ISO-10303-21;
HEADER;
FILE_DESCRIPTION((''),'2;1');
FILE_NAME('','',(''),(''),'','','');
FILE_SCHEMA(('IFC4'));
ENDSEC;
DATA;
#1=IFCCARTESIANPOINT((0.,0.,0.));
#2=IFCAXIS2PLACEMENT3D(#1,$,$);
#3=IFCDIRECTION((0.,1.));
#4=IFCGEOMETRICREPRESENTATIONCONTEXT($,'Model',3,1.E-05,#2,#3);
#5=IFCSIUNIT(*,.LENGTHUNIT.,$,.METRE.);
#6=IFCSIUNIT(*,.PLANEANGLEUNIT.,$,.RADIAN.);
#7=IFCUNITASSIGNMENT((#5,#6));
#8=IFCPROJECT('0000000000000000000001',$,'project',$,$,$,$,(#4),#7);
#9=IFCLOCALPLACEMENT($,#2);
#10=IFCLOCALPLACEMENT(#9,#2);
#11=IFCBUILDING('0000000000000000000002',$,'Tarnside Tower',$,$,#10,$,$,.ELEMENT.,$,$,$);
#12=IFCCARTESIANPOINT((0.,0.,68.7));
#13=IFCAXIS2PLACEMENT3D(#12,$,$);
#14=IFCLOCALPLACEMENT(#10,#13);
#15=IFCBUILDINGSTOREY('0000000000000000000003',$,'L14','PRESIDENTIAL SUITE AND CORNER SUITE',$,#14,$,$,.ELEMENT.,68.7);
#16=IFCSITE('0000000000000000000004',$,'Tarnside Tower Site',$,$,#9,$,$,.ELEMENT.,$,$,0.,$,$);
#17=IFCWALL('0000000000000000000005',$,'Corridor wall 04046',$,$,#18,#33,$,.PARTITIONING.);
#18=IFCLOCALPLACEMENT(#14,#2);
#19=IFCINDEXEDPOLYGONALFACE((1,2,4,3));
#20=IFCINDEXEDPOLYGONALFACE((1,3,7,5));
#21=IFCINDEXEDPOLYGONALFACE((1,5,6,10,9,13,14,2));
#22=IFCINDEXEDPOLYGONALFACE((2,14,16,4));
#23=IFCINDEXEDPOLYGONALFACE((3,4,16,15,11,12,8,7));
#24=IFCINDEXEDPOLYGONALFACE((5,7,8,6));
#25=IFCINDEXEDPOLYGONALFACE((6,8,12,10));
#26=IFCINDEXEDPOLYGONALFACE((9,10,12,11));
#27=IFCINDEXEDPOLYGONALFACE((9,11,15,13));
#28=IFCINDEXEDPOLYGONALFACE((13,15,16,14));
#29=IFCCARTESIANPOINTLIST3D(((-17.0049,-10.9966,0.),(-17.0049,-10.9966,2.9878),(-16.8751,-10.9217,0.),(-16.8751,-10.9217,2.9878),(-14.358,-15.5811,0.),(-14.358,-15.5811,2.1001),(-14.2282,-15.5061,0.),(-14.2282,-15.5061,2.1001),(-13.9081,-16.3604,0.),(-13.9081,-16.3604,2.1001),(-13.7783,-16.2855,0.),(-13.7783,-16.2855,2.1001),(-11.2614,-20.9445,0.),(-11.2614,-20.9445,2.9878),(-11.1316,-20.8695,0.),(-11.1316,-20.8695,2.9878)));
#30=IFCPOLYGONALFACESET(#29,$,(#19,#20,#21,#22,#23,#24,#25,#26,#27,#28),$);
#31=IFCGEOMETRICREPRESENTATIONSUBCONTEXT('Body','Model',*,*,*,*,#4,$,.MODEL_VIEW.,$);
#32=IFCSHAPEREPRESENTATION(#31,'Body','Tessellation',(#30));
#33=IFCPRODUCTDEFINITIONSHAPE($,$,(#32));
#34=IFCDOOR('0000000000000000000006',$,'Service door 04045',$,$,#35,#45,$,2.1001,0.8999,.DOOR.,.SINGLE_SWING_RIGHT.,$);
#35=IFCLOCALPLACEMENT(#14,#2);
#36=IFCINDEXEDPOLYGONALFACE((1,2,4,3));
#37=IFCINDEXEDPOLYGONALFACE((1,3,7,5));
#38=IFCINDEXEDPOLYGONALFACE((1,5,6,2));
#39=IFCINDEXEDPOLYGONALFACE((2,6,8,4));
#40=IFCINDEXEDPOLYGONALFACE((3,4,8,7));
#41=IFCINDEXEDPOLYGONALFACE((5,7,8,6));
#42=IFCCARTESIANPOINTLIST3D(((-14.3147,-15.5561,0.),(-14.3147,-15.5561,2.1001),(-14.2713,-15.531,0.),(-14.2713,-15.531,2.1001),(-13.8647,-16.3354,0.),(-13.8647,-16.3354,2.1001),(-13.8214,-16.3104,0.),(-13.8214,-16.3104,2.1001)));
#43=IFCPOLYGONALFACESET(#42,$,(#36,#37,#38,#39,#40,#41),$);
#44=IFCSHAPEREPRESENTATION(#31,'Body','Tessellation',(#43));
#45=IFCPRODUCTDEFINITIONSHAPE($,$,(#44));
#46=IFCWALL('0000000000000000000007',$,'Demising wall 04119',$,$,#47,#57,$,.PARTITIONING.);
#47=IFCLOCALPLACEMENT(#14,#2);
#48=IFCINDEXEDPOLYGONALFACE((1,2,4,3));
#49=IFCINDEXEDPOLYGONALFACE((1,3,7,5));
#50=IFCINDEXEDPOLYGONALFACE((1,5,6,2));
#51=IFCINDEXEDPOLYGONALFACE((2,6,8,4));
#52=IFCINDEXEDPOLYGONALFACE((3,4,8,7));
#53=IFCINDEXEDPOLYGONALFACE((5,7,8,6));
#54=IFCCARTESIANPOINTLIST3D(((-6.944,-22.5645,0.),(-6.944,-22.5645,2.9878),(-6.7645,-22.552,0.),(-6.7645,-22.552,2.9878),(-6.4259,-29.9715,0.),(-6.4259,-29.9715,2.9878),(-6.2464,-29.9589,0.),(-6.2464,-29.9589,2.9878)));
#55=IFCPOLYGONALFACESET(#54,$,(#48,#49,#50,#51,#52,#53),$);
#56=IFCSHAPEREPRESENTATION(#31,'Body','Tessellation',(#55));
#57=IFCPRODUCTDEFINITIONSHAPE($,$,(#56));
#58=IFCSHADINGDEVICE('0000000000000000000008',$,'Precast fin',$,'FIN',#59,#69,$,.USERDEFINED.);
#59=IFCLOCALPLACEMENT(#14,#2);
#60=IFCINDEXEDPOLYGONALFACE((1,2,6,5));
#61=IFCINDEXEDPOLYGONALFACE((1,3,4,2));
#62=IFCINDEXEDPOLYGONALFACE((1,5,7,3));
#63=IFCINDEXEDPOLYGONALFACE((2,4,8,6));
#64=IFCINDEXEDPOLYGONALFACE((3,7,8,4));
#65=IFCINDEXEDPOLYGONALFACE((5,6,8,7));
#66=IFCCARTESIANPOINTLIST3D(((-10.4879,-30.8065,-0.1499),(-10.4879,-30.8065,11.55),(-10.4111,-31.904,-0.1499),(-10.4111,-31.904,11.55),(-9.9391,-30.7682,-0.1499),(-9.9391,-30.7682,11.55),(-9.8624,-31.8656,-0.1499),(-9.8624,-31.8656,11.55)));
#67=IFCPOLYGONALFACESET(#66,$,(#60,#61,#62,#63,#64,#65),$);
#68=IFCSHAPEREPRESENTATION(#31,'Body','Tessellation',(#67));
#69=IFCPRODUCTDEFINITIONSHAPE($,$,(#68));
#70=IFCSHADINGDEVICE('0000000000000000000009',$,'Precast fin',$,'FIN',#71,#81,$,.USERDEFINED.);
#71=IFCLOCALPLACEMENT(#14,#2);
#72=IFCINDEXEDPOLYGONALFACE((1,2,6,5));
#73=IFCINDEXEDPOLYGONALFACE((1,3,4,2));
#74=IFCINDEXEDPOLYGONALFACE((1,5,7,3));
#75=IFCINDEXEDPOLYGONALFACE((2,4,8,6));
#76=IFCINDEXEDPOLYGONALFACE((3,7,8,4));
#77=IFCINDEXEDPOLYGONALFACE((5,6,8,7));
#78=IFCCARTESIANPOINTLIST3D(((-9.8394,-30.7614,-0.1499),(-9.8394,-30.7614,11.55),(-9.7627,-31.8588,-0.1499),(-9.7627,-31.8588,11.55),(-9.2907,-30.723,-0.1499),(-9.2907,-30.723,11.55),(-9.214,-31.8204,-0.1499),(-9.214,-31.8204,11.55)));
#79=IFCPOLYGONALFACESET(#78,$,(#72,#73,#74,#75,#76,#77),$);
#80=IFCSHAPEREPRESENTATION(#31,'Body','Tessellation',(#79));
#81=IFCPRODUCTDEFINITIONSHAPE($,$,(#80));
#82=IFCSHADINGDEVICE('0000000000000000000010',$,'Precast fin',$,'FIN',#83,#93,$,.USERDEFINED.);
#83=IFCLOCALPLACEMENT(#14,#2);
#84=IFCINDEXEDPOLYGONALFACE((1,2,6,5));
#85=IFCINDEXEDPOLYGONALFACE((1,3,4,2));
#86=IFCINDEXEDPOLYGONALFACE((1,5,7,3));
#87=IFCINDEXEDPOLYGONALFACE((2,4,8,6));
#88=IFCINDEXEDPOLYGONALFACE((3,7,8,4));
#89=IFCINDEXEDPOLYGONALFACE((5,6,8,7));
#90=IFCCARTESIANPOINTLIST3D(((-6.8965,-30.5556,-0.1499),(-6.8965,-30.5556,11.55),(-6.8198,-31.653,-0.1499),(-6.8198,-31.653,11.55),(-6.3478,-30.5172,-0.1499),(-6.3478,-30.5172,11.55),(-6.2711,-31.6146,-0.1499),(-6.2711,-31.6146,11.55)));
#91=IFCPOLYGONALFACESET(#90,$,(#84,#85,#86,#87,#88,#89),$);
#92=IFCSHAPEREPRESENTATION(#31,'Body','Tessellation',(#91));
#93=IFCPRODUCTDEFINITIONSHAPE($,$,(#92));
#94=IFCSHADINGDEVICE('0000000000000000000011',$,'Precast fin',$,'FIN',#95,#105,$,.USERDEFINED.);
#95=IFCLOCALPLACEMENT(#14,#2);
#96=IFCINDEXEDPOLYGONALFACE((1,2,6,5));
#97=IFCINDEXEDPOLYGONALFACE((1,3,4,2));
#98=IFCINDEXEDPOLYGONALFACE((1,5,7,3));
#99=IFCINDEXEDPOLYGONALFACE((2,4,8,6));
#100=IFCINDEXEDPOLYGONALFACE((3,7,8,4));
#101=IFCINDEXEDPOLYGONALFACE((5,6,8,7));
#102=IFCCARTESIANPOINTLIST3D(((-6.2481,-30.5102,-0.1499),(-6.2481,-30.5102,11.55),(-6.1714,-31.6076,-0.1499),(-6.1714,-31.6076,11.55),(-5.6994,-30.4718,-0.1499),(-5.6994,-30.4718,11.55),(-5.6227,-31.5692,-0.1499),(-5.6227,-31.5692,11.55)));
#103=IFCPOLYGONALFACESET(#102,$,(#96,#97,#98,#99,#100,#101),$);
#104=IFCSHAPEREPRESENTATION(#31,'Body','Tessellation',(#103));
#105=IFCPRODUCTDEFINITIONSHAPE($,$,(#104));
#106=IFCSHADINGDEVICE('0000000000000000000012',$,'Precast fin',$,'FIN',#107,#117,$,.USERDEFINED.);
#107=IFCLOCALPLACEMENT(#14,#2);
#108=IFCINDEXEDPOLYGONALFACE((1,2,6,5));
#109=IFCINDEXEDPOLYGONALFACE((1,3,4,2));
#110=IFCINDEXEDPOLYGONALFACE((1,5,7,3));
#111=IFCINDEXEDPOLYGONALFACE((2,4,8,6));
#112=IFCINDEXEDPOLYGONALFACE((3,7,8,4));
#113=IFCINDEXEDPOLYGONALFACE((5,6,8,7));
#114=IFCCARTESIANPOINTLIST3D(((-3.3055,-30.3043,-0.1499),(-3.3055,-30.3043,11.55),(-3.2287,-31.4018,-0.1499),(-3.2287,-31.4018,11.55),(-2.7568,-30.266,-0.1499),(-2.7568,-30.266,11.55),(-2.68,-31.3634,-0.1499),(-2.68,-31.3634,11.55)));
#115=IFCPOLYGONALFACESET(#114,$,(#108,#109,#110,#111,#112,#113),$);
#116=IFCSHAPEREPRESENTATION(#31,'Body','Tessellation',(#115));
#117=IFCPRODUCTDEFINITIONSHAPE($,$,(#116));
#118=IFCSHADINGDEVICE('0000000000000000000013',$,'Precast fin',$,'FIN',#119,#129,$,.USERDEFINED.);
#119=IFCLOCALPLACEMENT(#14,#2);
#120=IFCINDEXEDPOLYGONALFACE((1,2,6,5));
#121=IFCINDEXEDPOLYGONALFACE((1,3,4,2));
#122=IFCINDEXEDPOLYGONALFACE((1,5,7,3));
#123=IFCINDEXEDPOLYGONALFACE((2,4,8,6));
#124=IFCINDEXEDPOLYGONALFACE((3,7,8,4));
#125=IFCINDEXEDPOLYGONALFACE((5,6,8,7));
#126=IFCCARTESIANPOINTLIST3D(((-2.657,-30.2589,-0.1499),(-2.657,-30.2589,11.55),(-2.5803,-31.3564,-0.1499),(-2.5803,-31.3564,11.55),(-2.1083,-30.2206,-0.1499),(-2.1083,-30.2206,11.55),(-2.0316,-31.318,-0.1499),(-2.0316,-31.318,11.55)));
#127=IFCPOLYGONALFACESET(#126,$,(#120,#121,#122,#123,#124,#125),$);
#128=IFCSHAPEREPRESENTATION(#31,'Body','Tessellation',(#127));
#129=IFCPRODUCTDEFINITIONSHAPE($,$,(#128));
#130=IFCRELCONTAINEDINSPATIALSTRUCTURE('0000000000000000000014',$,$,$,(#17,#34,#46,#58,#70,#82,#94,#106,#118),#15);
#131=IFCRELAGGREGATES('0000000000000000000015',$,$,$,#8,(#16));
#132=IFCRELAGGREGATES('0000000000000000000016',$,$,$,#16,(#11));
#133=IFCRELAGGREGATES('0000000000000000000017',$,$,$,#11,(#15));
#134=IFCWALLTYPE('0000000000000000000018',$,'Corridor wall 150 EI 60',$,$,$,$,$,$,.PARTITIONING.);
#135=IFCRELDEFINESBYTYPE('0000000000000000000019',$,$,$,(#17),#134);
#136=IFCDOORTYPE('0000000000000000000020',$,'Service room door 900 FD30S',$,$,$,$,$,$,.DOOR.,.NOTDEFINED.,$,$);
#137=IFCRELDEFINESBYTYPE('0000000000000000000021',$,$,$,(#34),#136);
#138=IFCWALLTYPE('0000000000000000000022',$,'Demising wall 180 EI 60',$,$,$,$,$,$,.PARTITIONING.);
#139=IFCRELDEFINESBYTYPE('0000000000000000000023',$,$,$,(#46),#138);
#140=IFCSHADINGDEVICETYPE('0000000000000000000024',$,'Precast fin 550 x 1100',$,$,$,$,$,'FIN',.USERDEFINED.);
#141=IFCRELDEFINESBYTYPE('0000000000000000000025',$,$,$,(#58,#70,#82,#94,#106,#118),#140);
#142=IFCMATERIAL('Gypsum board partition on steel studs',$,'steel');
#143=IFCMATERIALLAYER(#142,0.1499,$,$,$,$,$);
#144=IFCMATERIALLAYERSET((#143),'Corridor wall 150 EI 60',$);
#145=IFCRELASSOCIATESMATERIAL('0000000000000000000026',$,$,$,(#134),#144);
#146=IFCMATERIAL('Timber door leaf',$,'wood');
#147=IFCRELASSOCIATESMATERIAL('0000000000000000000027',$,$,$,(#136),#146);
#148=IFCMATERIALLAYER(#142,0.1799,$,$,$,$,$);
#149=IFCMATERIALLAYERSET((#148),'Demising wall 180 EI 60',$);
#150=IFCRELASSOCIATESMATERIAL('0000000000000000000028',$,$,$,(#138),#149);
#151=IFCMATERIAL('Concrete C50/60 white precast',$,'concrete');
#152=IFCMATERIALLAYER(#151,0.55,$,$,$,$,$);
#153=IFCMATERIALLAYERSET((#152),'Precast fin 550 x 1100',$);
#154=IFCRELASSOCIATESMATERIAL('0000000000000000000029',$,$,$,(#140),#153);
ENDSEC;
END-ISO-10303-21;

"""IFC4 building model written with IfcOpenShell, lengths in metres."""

from ifc_helpers import new_model, si_unit, direction, frame, frame_2d, origin, place, context, subcontext, project, spatial, polyline, rectangle, outline, extrude, material, layer, layer_set, type_object, element, fill, save


model = new_model("IFC4")

# Units and contexts
model_context = context("Model", 3, precision=1e-05, world=origin(), true_north=direction((0.0, 1.0)))
body_context = subcontext(model_context, "Body", "Model", "MODEL_VIEW")
ifc_project = project(units=[si_unit("LENGTHUNIT", "METRE"), si_unit("PLANEANGLEUNIT", "RADIAN")], contexts=[model_context])

# Site, building, storey
site_placement = place(None, origin())
site = spatial("IfcSite", under=ifc_project, at=site_placement, Name="Tarnside Tower Site", CompositionType="ELEMENT", RefElevation=0.0)
building_placement = place(site_placement, origin())
building = spatial("IfcBuilding", under=site, at=building_placement, Name="Tarnside Tower", CompositionType="ELEMENT")
storey_placement = place(building_placement, frame((0.0, 0.0, 68.7)))
storey = spatial("IfcBuildingStorey", under=building, at=storey_placement, Name="L14", Description="PRESIDENTIAL SUITE AND CORNER SUITE", CompositionType="ELEMENT", Elevation=68.7)

# Wall, opening, door
ifc_material_1 = material(Name="Gypsum board partition on steel studs", Category="steel")
ifc_material_2 = material(Name="Timber door leaf", Category="wood")
ifc_layer_1 = layer(ifc_material_1, 0.1499)
ifc_layer_set_1 = layer_set([ifc_layer_1], Name="Corridor wall 150 EI 60")
wall_type_1 = type_object("IfcWallType", Name="Corridor wall 150 EI 60", PredefinedType="PARTITIONING", material=ifc_layer_set_1)
wall_1_placement = place(storey_placement, frame((-11.1965, -20.907, 0.0), z_axis=(0.0, 0.0, 1.0), x_axis=(-0.500005, 0.866023, 0.0)))
wall_1 = element("IfcWall", 1, at=wall_1_placement, inside=storey, type_object=wall_type_1, Name="Corridor wall 04046", PredefinedType="PARTITIONING", context=body_context, shape_type="SweptSolid", body=[
    extrude(rectangle(XDim=11.4868, YDim=0.1499, at=frame_2d((5.7434, 0.0))), origin(), (0.0, 0.0, 1.0), 2.9878),
])
opening_1_placement = place(wall_1_placement, frame((5.2932, 0.0, 0.0)))
opening_1 = element("IfcOpeningElement", 2, at=opening_1_placement, cuts=wall_1, PredefinedType="OPENING", context=body_context, shape_type="SweptSolid", body=[
    extrude(rectangle(XDim=0.8999, YDim=2.1001, at=frame_2d((0.45, 1.05))), frame((0.0, 0.085, 0.0), z_axis=(0.0, -1.0, 0.0), x_axis=(1.0, 0.0, 0.0)), (0.0, 0.0, 1.0), 0.1699),
])
door_type_1 = type_object("IfcDoorType", Name="Service room door 900 FD30S", OperationType="NOTDEFINED", PredefinedType="DOOR", material=ifc_material_2)
door_1_placement = place(opening_1_placement, origin())
door_1 = element("IfcDoor", 3, at=door_1_placement, inside=storey, type_object=door_type_1, Name="Service door 04045", OperationType="SINGLE_SWING_RIGHT", OverallHeight=2.1001, OverallWidth=0.8999, PredefinedType="DOOR", context=body_context, shape_type="SweptSolid", body=[
    extrude(rectangle(XDim=0.8999, YDim=2.1001, at=frame_2d((0.45, 1.05))), frame((0.0, 0.0249, 0.0), z_axis=(0.0, -1.0, 0.0), x_axis=(1.0, 0.0, 0.0)), (0.0, 0.0, 1.0), 0.05),
])
fill(opening_1, door_1)

# Wall
ifc_layer_2 = layer(ifc_material_1, 0.1799)
ifc_layer_set_2 = layer_set([ifc_layer_2], Name="Demising wall 180 EI 60")
wall_type_2 = type_object("IfcWallType", Name="Demising wall 180 EI 60", PredefinedType="PARTITIONING", material=ifc_layer_set_2)
wall_2_placement = place(storey_placement, frame((-6.3362, -29.9651, 0.0), z_axis=(0.0, 0.0, 1.0), x_axis=(-0.069773, 0.997563, 0.0)))
element("IfcWall", 4, at=wall_2_placement, inside=storey, type_object=wall_type_2, Name="Demising wall 04119", PredefinedType="PARTITIONING", context=body_context, shape_type="SweptSolid", body=[
    extrude(rectangle(XDim=7.425, YDim=0.1799, at=frame_2d((3.7124, 0.0))), origin(), (0.0, 0.0, 1.0), 2.9878),
])

# Shading devices
ifc_material_3 = material(Name="Concrete C50/60 white precast", Category="concrete")
ifc_layer_3 = layer(ifc_material_3, 0.55)
ifc_layer_set_3 = layer_set([ifc_layer_3], Name="Precast fin 550 x 1100")
shading_device_type = type_object("IfcShadingDeviceType", Name="Precast fin 550 x 1100", ElementType="FIN", PredefinedType="USERDEFINED", material=ifc_layer_set_3)
for number, where, z_axis, x_axis, name in (
    (5, (-10.2134, -30.7874, -0.1499), (-0.997564, -0.069756, 0.0), (0.069756, -0.997564, 0.0), "Precast fin"),
    (6, (-9.5649, -30.7422, -0.1499), (-0.997564, -0.069756, 0.0), (0.069756, -0.997564, 0.0), "Precast fin"),
    (7, (-6.6221, -30.5364, -0.1499), (-0.997564, -0.069756, 0.0), (0.069756, -0.997564, 0.0), "Precast fin"),
    (8, (-5.9736, -30.491, -0.1499), (-0.997564, -0.069756, 0.0), (0.069756, -0.997564, 0.0), "Precast fin"),
    (9, (-3.031, -30.2852, -0.1499), (-0.997564, -0.069756, 0.0), (0.069756, -0.997564, 0.0), "Precast fin"),
    (10, (-2.3826, -30.2397, -0.1499), (-0.997564, -0.069756, 0.0), (0.069756, -0.997564, 0.0), "Precast fin"),
):
    element("IfcShadingDevice", number, at=place(storey_placement, frame(where, z_axis=z_axis, x_axis=x_axis)), inside=storey, type_object=shading_device_type, Name=name, ObjectType="FIN", PredefinedType="USERDEFINED", context=body_context, shape_type="SweptSolid", body=[
        extrude(outline(polyline([(0.0, 0.0), (1.1001, 0.0), (1.1001, 11.7), (0.0, 11.7), (0.0, 0.0)])), frame((0.0, 0.0, -0.2749)), (0.0, 0.0, 1.0), 0.55),
    ])

save(model, "model.ifc")
